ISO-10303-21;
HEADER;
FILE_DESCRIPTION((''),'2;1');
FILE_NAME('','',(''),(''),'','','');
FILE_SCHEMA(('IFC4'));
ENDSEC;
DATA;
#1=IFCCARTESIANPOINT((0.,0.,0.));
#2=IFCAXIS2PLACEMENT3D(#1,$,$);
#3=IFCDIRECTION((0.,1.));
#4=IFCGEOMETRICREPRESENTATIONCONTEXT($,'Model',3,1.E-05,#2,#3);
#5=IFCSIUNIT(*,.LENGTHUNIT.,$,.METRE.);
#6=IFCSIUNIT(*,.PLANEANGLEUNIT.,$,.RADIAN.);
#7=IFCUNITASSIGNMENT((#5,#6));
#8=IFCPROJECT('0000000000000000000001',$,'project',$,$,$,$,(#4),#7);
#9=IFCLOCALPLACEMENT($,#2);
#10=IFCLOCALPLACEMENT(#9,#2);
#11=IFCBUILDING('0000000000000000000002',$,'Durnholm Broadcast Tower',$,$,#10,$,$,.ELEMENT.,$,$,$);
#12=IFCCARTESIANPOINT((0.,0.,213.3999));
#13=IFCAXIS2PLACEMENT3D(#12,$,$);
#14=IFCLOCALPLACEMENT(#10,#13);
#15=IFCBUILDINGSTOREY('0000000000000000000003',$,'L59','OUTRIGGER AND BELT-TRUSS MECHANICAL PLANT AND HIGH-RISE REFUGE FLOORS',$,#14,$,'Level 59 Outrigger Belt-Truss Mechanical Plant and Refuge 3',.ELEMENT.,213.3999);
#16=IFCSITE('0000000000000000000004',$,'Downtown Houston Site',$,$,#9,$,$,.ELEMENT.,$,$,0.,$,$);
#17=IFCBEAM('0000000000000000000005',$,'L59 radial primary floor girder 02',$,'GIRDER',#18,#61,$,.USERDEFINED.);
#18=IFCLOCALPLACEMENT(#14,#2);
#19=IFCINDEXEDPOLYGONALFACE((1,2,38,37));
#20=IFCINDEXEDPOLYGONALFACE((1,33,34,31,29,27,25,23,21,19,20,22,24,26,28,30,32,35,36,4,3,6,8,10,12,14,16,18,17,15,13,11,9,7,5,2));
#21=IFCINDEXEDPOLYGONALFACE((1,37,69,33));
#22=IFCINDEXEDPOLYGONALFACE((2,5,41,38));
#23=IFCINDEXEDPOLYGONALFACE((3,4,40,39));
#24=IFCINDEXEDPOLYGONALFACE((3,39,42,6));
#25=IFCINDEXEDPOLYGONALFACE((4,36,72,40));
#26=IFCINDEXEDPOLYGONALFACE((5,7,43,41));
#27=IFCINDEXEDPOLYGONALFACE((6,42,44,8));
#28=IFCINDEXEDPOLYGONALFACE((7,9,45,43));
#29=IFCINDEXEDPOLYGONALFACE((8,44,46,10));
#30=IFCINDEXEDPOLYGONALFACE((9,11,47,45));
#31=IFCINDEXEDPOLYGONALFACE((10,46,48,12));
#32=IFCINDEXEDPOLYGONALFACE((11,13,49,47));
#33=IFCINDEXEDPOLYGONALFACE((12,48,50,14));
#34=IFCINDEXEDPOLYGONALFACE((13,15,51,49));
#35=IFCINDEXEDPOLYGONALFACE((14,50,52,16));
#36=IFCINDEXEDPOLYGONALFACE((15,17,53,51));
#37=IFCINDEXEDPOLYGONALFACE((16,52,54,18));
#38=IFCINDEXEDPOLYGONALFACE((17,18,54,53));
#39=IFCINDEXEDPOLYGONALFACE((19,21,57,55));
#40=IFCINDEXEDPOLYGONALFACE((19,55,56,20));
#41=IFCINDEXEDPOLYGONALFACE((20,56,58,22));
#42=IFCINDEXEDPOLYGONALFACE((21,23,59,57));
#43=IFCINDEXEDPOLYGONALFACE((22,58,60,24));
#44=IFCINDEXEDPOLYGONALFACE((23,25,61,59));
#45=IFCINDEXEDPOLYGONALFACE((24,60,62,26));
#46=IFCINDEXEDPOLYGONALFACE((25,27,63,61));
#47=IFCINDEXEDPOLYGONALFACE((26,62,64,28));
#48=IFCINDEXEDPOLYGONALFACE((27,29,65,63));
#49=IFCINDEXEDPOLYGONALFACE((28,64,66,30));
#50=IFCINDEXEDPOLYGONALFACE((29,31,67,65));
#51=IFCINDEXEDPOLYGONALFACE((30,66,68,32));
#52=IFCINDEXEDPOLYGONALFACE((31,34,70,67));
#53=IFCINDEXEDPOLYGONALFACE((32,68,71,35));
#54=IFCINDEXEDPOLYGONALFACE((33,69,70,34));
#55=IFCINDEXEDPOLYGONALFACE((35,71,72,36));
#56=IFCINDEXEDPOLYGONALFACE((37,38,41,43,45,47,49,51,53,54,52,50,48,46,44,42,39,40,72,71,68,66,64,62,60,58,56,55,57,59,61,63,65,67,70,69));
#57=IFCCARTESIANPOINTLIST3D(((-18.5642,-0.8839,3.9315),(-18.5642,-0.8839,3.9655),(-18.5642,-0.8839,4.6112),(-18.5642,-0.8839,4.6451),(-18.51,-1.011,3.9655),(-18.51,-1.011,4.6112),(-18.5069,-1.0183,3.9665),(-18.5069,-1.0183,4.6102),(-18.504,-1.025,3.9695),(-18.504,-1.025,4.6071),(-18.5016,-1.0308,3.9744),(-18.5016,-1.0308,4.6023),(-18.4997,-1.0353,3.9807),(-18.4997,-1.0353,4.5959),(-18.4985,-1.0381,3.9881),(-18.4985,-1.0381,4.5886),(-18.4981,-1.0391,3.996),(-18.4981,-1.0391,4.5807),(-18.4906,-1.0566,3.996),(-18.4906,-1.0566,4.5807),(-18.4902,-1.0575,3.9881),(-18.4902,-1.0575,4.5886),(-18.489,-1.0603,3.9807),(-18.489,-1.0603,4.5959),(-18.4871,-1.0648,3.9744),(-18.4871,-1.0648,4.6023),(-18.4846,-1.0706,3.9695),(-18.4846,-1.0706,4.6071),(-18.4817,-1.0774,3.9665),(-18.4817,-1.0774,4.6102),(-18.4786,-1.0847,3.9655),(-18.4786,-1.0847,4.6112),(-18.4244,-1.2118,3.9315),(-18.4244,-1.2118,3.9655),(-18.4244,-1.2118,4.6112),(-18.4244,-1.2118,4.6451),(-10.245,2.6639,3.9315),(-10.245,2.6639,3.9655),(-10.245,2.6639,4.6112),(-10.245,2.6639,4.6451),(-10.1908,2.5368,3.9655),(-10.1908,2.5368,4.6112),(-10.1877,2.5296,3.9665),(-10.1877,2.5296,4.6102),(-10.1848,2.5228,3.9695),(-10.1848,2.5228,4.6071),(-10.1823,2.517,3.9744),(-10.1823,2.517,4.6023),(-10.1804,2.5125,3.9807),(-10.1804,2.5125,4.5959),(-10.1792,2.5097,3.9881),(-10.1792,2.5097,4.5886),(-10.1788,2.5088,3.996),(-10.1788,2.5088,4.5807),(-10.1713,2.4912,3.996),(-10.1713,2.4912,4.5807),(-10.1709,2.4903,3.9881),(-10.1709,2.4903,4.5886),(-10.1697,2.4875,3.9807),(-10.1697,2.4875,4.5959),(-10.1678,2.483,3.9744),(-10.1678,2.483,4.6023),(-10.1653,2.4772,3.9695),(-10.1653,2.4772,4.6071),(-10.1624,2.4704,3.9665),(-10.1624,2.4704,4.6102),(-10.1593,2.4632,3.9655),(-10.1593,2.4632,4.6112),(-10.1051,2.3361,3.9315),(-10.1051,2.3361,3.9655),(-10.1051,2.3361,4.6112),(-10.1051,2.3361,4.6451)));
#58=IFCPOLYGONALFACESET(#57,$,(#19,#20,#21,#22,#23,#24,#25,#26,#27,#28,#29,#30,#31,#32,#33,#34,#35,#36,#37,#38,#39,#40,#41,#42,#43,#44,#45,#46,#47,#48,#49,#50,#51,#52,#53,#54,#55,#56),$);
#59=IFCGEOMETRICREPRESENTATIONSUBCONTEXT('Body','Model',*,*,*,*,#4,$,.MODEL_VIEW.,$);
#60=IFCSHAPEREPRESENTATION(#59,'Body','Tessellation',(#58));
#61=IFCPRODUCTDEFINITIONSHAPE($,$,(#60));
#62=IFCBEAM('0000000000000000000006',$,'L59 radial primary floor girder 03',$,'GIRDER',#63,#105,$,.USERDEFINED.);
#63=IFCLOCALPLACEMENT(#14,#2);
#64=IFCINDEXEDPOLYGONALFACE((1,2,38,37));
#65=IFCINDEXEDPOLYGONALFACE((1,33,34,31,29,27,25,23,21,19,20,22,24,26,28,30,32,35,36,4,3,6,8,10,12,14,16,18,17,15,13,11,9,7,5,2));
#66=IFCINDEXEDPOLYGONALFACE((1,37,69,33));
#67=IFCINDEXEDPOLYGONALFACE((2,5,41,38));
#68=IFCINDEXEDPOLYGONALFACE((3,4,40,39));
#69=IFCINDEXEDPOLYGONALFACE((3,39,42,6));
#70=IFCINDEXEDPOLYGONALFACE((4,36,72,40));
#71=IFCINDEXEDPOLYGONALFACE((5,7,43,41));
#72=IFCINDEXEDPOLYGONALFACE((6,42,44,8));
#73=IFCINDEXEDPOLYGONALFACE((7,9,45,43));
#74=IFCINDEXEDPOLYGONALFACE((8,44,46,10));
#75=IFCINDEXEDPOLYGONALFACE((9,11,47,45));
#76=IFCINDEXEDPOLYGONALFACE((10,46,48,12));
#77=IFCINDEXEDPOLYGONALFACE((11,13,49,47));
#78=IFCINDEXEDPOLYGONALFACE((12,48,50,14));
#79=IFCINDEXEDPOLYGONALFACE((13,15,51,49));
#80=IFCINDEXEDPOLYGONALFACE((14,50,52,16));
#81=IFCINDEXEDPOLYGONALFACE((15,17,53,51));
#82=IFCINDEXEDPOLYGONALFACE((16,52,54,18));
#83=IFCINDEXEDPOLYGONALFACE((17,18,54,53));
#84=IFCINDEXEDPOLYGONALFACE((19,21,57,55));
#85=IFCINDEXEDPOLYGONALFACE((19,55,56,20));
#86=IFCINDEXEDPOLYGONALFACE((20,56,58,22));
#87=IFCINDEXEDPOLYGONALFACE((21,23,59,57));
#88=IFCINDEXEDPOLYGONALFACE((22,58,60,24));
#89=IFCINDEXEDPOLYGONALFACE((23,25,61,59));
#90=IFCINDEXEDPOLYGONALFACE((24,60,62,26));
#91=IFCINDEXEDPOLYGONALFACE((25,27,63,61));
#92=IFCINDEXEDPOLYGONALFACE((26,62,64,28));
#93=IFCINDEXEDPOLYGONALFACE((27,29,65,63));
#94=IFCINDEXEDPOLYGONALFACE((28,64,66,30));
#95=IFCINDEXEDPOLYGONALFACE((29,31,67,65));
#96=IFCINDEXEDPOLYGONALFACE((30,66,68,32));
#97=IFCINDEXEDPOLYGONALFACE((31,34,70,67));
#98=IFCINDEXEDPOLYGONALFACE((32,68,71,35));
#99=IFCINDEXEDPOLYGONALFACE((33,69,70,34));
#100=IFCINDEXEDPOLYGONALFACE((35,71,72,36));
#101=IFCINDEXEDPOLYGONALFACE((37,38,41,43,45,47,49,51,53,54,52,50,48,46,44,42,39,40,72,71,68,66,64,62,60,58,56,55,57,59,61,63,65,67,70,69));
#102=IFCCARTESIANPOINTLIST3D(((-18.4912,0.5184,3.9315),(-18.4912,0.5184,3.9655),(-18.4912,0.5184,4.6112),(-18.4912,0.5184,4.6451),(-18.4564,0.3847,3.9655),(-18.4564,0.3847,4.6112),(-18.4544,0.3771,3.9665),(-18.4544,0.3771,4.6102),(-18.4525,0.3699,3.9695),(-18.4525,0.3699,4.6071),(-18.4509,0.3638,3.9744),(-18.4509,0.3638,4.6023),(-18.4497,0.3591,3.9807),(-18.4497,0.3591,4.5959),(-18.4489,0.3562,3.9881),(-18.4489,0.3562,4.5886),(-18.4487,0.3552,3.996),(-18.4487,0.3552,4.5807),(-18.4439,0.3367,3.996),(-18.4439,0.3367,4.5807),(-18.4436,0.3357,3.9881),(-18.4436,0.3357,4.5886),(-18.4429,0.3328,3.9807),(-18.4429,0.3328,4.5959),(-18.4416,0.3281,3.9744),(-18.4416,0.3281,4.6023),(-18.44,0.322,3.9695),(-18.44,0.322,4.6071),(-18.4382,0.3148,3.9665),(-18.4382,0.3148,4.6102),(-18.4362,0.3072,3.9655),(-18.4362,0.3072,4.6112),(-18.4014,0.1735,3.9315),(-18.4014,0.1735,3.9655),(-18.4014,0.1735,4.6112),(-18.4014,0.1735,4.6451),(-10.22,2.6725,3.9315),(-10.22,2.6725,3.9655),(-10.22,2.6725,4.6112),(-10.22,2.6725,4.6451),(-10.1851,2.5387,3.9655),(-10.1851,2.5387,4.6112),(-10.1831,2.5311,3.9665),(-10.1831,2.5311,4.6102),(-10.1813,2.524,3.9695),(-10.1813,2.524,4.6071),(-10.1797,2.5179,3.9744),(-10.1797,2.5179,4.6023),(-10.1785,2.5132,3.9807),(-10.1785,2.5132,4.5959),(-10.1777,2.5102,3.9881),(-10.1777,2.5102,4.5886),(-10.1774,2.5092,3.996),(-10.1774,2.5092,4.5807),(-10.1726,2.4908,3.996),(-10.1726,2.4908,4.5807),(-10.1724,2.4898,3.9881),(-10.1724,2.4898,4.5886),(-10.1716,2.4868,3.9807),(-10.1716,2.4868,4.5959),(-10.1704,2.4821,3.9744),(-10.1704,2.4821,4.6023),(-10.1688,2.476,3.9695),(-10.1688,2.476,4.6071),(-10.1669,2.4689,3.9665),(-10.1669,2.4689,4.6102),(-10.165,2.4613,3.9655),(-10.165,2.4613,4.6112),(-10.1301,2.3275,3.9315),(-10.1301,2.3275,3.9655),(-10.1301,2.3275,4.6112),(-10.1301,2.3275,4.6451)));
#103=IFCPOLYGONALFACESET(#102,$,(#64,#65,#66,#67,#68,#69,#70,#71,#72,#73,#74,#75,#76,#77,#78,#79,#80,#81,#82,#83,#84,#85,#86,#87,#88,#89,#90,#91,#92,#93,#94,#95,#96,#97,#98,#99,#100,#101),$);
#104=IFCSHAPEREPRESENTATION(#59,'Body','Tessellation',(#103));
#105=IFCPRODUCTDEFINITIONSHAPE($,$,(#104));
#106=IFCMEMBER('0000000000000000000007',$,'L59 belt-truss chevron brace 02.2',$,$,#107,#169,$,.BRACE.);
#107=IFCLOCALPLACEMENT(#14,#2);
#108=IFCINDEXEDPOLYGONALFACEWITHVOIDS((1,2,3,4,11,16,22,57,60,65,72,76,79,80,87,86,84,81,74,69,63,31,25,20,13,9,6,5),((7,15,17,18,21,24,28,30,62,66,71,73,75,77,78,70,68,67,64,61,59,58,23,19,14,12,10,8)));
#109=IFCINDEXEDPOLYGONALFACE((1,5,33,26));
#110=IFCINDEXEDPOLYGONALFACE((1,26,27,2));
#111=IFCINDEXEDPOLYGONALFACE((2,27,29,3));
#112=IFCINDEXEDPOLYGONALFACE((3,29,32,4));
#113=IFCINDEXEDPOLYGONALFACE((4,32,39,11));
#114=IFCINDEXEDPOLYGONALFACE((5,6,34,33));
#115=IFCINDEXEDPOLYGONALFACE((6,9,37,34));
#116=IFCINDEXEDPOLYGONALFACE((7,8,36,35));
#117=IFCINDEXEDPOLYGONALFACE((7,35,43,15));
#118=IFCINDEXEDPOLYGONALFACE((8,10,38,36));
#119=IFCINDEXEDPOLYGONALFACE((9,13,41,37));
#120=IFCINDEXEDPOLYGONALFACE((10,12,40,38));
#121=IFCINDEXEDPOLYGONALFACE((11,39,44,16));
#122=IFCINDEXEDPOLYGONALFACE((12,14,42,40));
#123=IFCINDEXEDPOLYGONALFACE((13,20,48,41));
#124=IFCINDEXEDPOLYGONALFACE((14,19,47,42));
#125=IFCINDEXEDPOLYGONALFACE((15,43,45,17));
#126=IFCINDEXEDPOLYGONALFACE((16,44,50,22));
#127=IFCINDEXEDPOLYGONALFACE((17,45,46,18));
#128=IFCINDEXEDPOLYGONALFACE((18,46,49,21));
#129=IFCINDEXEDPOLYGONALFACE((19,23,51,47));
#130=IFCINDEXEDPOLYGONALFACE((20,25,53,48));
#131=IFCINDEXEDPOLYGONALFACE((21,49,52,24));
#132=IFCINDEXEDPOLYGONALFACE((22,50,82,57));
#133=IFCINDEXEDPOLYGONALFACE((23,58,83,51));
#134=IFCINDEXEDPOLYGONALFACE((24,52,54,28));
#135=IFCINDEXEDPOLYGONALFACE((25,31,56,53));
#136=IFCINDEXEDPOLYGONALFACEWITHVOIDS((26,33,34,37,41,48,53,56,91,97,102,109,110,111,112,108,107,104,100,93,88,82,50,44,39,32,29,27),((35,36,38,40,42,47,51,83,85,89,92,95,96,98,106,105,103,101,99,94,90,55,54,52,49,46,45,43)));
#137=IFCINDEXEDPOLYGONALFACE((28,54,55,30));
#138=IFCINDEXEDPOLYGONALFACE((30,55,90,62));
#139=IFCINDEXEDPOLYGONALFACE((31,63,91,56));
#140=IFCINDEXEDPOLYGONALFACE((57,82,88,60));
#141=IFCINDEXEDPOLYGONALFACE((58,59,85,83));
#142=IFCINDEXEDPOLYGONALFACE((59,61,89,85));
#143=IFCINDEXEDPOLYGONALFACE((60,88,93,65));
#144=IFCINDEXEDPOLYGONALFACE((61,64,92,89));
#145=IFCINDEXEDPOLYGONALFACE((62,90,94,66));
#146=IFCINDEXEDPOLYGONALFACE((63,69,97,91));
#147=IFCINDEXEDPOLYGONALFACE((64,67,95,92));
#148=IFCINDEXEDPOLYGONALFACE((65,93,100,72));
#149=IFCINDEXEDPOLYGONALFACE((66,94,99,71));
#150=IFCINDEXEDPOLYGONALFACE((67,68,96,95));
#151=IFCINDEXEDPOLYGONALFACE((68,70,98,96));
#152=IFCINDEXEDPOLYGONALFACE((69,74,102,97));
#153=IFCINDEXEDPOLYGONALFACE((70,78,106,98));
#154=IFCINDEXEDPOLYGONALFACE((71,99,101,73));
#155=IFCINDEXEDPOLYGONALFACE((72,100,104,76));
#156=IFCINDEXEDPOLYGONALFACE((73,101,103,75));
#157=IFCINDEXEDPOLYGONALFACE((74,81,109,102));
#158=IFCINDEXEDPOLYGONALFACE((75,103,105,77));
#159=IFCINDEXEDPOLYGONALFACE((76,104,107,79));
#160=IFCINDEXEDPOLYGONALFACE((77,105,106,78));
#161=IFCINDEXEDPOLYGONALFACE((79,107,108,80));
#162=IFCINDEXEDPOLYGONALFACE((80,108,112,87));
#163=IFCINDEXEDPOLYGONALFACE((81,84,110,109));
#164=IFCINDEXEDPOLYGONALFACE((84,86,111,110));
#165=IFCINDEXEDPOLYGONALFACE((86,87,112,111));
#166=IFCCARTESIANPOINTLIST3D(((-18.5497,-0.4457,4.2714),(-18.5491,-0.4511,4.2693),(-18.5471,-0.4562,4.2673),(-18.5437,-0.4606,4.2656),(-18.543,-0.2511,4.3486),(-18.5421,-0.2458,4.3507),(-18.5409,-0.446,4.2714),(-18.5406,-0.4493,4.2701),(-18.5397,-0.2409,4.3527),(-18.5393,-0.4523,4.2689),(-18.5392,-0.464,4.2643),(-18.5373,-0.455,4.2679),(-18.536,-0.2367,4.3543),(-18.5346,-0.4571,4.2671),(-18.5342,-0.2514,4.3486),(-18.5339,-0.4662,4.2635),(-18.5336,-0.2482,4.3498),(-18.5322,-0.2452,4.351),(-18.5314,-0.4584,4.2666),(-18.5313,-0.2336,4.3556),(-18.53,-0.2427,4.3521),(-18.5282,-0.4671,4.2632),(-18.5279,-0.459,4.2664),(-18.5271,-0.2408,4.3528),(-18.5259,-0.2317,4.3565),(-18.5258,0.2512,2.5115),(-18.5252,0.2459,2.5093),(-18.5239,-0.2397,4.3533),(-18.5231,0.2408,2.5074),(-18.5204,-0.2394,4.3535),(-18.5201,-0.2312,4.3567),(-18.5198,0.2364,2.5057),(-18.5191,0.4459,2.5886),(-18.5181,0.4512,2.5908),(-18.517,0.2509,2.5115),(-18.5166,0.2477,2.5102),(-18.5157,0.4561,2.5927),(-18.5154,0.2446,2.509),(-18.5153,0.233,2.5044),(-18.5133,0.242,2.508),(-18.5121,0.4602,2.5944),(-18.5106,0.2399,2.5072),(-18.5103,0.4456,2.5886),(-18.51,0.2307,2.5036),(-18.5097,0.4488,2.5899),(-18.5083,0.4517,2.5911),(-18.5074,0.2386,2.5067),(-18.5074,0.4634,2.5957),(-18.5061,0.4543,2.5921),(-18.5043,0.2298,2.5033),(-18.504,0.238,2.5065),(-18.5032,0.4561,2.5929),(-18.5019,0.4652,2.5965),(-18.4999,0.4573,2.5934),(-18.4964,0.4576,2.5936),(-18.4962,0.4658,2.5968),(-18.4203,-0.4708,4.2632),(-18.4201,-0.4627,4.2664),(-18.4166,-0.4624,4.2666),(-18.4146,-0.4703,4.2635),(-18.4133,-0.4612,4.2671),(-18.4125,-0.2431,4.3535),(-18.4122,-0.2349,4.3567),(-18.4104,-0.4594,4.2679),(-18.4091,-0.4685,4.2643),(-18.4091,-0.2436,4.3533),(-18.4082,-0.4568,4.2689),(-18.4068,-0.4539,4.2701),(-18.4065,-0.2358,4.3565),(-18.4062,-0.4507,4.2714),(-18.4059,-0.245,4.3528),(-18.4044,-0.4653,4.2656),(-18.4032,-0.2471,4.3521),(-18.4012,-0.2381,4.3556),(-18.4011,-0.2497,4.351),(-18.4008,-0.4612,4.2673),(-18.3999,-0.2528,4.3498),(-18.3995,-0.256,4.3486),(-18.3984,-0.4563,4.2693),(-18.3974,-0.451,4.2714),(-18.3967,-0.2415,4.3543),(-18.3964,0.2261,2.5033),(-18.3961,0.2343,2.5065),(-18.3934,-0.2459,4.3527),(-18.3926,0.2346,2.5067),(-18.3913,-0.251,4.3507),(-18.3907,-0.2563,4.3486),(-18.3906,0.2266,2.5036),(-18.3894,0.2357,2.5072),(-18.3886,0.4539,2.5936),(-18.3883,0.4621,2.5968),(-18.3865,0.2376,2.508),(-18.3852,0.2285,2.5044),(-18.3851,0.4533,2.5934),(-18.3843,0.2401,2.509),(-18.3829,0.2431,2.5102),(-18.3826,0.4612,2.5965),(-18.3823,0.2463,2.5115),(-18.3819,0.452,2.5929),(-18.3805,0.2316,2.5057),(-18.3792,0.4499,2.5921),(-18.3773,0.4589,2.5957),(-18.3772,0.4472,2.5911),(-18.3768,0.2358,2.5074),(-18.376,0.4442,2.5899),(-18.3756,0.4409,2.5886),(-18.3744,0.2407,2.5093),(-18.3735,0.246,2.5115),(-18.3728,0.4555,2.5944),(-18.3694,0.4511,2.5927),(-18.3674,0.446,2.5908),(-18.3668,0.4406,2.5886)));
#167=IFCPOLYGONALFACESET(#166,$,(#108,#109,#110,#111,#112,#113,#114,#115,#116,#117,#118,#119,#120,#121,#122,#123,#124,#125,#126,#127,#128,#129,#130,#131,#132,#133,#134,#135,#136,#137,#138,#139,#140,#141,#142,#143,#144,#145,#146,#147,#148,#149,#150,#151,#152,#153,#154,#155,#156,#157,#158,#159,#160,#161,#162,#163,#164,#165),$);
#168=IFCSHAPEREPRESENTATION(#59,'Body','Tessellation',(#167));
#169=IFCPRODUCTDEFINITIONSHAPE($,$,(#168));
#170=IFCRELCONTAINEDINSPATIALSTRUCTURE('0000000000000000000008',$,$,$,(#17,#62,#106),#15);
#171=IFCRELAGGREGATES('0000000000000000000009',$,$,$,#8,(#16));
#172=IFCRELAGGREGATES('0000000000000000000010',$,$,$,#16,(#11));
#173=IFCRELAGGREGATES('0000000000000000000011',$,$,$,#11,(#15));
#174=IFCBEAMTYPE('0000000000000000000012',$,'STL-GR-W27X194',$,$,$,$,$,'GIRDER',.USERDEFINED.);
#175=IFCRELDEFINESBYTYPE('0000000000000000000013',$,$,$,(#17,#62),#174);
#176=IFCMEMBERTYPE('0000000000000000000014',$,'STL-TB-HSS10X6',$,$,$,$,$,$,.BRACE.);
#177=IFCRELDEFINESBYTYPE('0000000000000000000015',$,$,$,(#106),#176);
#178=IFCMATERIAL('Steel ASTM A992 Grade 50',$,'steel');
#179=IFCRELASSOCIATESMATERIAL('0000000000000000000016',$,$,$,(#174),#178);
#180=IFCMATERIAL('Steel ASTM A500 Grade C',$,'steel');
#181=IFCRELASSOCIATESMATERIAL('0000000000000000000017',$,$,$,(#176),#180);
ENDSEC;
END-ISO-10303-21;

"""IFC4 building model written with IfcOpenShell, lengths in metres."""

from ifc_helpers import new_model, si_unit, direction, frame, origin, origin_2d, place, context, subcontext, project, spatial, hollow_rectangle, i_section, extrude, source, transform, mapped, material, material_profile, profile_set, type_object, type_shapes, element, save


model = new_model("IFC4")

# Units and contexts
model_context = context("Model", 3, precision=1e-05, world=origin(), true_north=direction((0.0, 1.0)))
body_context = subcontext(model_context, "Body", "Model", "MODEL_VIEW")
ifc_project = project(units=[si_unit("LENGTHUNIT", "METRE"), si_unit("PLANEANGLEUNIT", "RADIAN")], contexts=[model_context])

# Site, building, storey
site_placement = place(None, origin())
site = spatial("IfcSite", under=ifc_project, at=site_placement, Name="Downtown Houston Site", CompositionType="ELEMENT", RefElevation=0.0)
building_placement = place(site_placement, origin())
building = spatial("IfcBuilding", under=site, at=building_placement, Name="Durnholm Broadcast Tower", CompositionType="ELEMENT")
storey_placement = place(building_placement, frame((0.0, 0.0, 213.3999)))
storey = spatial("IfcBuildingStorey", under=building, at=storey_placement, Name="L59", Description="OUTRIGGER AND BELT-TRUSS MECHANICAL PLANT AND HIGH-RISE REFUGE FLOORS", LongName="Level 59 Outrigger Belt-Truss Mechanical Plant and Refuge 3", CompositionType="ELEMENT", Elevation=213.3999)

# Beams
ifc_material_1 = material(Name="Steel ASTM A992 Grade 50", Category="steel")
ifc_material_profile_1 = material_profile(ifc_material_1, i_section(OverallWidth=0.3564, OverallDepth=0.7136, WebThickness=0.019, FlangeThickness=0.0339, FilletRadius=0.0305, at=origin_2d()), Name="W27X194")
ifc_profile_set_1 = profile_set([ifc_material_profile_1], Name="Steel ASTM A992 Grade 50")
beam_type_1 = type_object("IfcBeamType", Name="STL-GR-W27X194", ElementType="GIRDER", PredefinedType="USERDEFINED", material=ifc_profile_set_1)
shared_shape_1 = source(origin(), body_context, "Body", "SweptSolid", [
    extrude(i_section(OverallWidth=0.3564, OverallDepth=0.7136, WebThickness=0.019, FlangeThickness=0.0339, FilletRadius=0.0305, at=origin_2d()), origin(), (0.0, 0.0, 1.0), 9.0442),
])
beam_1_placement = place(storey_placement, frame((-10.175, 2.5, 4.2883), z_axis=(-0.919847, -0.392277, 0.0), x_axis=(0.392277, -0.919847, 0.0)))
element("IfcBeam", 1, at=beam_1_placement, inside=storey, type_object=beam_type_1, Name="L59 radial primary floor girder 02", ObjectType="GIRDER", PredefinedType="USERDEFINED", context=body_context, shape_type="MappedRepresentation", body=[
    mapped(shared_shape_1, transform((0.0, 0.0, 0.0), x_axis=(1.0, 0.0, 0.0), y_axis=(0.0, 1.0, 0.0), z_axis=(0.0, 0.0, 1.0), scale=1.0)),
])
shared_shape_2 = source(origin(), body_context, "Body", "SweptSolid", [
    extrude(i_section(OverallWidth=0.3564, OverallDepth=0.7136, WebThickness=0.019, FlangeThickness=0.0339, FilletRadius=0.0305, at=origin_2d()), origin(), (0.0, 0.0, 1.0), 8.5471),
])
type_shapes(beam_type_1, [shared_shape_1, shared_shape_2])
beam_2_placement = place(storey_placement, frame((-10.175, 2.5, 4.2883), z_axis=(-0.967722, -0.252021, 0.0), x_axis=(0.252021, -0.967722, 0.0)))
element("IfcBeam", 2, at=beam_2_placement, inside=storey, type_object=beam_type_1, Name="L59 radial primary floor girder 03", ObjectType="GIRDER", PredefinedType="USERDEFINED", context=body_context, shape_type="MappedRepresentation", body=[
    mapped(shared_shape_2, transform((0.0, 0.0, 0.0), x_axis=(1.0, 0.0, 0.0), y_axis=(0.0, 1.0, 0.0), z_axis=(0.0, 0.0, 1.0), scale=1.0)),
])

# Member
ifc_material_2 = material(Name="Steel ASTM A500 Grade C", Category="steel")
ifc_material_profile_2 = material_profile(ifc_material_2, hollow_rectangle(XDim=0.1523, YDim=0.2539, WallThickness=0.0088, InnerFilletRadius=0.0134, OuterFilletRadius=0.0222, at=origin_2d()), Name="HSS10X6X3/8")
ifc_profile_set_2 = profile_set([ifc_material_profile_2], Name="Steel ASTM A500 Grade C")
member_type_1 = type_object("IfcMemberType", Name="STL-TB-HSS10X6", PredefinedType="BRACE", material=ifc_profile_set_2)
shared_shape_3 = source(origin(), body_context, "Body", "SweptSolid", [
    extrude(hollow_rectangle(XDim=0.1523, YDim=0.2539, WallThickness=0.0088, InnerFilletRadius=0.0134, OuterFilletRadius=0.0222, at=origin_2d()), origin(), (0.0, 0.0, 1.0), 1.8931),
])
type_shapes(member_type_1, [shared_shape_3])
member_1_placement = place(storey_placement, frame((-18.4463, 0.3459, 2.55), z_axis=(-0.012638, -0.368179, 0.929669), x_axis=(0.999411, -0.034306, 0.0)))
element("IfcMember", 3, at=member_1_placement, inside=storey, type_object=member_type_1, Name="L59 belt-truss chevron brace 02.2", PredefinedType="BRACE", context=body_context, shape_type="MappedRepresentation", body=[
    mapped(shared_shape_3, transform((0.0, 0.0, 0.0), x_axis=(1.0, 0.0, 0.0), y_axis=(0.0, 1.0, 0.0), z_axis=(0.0, 0.0, 1.0), scale=1.0)),
])

save(model, "model.ifc")
